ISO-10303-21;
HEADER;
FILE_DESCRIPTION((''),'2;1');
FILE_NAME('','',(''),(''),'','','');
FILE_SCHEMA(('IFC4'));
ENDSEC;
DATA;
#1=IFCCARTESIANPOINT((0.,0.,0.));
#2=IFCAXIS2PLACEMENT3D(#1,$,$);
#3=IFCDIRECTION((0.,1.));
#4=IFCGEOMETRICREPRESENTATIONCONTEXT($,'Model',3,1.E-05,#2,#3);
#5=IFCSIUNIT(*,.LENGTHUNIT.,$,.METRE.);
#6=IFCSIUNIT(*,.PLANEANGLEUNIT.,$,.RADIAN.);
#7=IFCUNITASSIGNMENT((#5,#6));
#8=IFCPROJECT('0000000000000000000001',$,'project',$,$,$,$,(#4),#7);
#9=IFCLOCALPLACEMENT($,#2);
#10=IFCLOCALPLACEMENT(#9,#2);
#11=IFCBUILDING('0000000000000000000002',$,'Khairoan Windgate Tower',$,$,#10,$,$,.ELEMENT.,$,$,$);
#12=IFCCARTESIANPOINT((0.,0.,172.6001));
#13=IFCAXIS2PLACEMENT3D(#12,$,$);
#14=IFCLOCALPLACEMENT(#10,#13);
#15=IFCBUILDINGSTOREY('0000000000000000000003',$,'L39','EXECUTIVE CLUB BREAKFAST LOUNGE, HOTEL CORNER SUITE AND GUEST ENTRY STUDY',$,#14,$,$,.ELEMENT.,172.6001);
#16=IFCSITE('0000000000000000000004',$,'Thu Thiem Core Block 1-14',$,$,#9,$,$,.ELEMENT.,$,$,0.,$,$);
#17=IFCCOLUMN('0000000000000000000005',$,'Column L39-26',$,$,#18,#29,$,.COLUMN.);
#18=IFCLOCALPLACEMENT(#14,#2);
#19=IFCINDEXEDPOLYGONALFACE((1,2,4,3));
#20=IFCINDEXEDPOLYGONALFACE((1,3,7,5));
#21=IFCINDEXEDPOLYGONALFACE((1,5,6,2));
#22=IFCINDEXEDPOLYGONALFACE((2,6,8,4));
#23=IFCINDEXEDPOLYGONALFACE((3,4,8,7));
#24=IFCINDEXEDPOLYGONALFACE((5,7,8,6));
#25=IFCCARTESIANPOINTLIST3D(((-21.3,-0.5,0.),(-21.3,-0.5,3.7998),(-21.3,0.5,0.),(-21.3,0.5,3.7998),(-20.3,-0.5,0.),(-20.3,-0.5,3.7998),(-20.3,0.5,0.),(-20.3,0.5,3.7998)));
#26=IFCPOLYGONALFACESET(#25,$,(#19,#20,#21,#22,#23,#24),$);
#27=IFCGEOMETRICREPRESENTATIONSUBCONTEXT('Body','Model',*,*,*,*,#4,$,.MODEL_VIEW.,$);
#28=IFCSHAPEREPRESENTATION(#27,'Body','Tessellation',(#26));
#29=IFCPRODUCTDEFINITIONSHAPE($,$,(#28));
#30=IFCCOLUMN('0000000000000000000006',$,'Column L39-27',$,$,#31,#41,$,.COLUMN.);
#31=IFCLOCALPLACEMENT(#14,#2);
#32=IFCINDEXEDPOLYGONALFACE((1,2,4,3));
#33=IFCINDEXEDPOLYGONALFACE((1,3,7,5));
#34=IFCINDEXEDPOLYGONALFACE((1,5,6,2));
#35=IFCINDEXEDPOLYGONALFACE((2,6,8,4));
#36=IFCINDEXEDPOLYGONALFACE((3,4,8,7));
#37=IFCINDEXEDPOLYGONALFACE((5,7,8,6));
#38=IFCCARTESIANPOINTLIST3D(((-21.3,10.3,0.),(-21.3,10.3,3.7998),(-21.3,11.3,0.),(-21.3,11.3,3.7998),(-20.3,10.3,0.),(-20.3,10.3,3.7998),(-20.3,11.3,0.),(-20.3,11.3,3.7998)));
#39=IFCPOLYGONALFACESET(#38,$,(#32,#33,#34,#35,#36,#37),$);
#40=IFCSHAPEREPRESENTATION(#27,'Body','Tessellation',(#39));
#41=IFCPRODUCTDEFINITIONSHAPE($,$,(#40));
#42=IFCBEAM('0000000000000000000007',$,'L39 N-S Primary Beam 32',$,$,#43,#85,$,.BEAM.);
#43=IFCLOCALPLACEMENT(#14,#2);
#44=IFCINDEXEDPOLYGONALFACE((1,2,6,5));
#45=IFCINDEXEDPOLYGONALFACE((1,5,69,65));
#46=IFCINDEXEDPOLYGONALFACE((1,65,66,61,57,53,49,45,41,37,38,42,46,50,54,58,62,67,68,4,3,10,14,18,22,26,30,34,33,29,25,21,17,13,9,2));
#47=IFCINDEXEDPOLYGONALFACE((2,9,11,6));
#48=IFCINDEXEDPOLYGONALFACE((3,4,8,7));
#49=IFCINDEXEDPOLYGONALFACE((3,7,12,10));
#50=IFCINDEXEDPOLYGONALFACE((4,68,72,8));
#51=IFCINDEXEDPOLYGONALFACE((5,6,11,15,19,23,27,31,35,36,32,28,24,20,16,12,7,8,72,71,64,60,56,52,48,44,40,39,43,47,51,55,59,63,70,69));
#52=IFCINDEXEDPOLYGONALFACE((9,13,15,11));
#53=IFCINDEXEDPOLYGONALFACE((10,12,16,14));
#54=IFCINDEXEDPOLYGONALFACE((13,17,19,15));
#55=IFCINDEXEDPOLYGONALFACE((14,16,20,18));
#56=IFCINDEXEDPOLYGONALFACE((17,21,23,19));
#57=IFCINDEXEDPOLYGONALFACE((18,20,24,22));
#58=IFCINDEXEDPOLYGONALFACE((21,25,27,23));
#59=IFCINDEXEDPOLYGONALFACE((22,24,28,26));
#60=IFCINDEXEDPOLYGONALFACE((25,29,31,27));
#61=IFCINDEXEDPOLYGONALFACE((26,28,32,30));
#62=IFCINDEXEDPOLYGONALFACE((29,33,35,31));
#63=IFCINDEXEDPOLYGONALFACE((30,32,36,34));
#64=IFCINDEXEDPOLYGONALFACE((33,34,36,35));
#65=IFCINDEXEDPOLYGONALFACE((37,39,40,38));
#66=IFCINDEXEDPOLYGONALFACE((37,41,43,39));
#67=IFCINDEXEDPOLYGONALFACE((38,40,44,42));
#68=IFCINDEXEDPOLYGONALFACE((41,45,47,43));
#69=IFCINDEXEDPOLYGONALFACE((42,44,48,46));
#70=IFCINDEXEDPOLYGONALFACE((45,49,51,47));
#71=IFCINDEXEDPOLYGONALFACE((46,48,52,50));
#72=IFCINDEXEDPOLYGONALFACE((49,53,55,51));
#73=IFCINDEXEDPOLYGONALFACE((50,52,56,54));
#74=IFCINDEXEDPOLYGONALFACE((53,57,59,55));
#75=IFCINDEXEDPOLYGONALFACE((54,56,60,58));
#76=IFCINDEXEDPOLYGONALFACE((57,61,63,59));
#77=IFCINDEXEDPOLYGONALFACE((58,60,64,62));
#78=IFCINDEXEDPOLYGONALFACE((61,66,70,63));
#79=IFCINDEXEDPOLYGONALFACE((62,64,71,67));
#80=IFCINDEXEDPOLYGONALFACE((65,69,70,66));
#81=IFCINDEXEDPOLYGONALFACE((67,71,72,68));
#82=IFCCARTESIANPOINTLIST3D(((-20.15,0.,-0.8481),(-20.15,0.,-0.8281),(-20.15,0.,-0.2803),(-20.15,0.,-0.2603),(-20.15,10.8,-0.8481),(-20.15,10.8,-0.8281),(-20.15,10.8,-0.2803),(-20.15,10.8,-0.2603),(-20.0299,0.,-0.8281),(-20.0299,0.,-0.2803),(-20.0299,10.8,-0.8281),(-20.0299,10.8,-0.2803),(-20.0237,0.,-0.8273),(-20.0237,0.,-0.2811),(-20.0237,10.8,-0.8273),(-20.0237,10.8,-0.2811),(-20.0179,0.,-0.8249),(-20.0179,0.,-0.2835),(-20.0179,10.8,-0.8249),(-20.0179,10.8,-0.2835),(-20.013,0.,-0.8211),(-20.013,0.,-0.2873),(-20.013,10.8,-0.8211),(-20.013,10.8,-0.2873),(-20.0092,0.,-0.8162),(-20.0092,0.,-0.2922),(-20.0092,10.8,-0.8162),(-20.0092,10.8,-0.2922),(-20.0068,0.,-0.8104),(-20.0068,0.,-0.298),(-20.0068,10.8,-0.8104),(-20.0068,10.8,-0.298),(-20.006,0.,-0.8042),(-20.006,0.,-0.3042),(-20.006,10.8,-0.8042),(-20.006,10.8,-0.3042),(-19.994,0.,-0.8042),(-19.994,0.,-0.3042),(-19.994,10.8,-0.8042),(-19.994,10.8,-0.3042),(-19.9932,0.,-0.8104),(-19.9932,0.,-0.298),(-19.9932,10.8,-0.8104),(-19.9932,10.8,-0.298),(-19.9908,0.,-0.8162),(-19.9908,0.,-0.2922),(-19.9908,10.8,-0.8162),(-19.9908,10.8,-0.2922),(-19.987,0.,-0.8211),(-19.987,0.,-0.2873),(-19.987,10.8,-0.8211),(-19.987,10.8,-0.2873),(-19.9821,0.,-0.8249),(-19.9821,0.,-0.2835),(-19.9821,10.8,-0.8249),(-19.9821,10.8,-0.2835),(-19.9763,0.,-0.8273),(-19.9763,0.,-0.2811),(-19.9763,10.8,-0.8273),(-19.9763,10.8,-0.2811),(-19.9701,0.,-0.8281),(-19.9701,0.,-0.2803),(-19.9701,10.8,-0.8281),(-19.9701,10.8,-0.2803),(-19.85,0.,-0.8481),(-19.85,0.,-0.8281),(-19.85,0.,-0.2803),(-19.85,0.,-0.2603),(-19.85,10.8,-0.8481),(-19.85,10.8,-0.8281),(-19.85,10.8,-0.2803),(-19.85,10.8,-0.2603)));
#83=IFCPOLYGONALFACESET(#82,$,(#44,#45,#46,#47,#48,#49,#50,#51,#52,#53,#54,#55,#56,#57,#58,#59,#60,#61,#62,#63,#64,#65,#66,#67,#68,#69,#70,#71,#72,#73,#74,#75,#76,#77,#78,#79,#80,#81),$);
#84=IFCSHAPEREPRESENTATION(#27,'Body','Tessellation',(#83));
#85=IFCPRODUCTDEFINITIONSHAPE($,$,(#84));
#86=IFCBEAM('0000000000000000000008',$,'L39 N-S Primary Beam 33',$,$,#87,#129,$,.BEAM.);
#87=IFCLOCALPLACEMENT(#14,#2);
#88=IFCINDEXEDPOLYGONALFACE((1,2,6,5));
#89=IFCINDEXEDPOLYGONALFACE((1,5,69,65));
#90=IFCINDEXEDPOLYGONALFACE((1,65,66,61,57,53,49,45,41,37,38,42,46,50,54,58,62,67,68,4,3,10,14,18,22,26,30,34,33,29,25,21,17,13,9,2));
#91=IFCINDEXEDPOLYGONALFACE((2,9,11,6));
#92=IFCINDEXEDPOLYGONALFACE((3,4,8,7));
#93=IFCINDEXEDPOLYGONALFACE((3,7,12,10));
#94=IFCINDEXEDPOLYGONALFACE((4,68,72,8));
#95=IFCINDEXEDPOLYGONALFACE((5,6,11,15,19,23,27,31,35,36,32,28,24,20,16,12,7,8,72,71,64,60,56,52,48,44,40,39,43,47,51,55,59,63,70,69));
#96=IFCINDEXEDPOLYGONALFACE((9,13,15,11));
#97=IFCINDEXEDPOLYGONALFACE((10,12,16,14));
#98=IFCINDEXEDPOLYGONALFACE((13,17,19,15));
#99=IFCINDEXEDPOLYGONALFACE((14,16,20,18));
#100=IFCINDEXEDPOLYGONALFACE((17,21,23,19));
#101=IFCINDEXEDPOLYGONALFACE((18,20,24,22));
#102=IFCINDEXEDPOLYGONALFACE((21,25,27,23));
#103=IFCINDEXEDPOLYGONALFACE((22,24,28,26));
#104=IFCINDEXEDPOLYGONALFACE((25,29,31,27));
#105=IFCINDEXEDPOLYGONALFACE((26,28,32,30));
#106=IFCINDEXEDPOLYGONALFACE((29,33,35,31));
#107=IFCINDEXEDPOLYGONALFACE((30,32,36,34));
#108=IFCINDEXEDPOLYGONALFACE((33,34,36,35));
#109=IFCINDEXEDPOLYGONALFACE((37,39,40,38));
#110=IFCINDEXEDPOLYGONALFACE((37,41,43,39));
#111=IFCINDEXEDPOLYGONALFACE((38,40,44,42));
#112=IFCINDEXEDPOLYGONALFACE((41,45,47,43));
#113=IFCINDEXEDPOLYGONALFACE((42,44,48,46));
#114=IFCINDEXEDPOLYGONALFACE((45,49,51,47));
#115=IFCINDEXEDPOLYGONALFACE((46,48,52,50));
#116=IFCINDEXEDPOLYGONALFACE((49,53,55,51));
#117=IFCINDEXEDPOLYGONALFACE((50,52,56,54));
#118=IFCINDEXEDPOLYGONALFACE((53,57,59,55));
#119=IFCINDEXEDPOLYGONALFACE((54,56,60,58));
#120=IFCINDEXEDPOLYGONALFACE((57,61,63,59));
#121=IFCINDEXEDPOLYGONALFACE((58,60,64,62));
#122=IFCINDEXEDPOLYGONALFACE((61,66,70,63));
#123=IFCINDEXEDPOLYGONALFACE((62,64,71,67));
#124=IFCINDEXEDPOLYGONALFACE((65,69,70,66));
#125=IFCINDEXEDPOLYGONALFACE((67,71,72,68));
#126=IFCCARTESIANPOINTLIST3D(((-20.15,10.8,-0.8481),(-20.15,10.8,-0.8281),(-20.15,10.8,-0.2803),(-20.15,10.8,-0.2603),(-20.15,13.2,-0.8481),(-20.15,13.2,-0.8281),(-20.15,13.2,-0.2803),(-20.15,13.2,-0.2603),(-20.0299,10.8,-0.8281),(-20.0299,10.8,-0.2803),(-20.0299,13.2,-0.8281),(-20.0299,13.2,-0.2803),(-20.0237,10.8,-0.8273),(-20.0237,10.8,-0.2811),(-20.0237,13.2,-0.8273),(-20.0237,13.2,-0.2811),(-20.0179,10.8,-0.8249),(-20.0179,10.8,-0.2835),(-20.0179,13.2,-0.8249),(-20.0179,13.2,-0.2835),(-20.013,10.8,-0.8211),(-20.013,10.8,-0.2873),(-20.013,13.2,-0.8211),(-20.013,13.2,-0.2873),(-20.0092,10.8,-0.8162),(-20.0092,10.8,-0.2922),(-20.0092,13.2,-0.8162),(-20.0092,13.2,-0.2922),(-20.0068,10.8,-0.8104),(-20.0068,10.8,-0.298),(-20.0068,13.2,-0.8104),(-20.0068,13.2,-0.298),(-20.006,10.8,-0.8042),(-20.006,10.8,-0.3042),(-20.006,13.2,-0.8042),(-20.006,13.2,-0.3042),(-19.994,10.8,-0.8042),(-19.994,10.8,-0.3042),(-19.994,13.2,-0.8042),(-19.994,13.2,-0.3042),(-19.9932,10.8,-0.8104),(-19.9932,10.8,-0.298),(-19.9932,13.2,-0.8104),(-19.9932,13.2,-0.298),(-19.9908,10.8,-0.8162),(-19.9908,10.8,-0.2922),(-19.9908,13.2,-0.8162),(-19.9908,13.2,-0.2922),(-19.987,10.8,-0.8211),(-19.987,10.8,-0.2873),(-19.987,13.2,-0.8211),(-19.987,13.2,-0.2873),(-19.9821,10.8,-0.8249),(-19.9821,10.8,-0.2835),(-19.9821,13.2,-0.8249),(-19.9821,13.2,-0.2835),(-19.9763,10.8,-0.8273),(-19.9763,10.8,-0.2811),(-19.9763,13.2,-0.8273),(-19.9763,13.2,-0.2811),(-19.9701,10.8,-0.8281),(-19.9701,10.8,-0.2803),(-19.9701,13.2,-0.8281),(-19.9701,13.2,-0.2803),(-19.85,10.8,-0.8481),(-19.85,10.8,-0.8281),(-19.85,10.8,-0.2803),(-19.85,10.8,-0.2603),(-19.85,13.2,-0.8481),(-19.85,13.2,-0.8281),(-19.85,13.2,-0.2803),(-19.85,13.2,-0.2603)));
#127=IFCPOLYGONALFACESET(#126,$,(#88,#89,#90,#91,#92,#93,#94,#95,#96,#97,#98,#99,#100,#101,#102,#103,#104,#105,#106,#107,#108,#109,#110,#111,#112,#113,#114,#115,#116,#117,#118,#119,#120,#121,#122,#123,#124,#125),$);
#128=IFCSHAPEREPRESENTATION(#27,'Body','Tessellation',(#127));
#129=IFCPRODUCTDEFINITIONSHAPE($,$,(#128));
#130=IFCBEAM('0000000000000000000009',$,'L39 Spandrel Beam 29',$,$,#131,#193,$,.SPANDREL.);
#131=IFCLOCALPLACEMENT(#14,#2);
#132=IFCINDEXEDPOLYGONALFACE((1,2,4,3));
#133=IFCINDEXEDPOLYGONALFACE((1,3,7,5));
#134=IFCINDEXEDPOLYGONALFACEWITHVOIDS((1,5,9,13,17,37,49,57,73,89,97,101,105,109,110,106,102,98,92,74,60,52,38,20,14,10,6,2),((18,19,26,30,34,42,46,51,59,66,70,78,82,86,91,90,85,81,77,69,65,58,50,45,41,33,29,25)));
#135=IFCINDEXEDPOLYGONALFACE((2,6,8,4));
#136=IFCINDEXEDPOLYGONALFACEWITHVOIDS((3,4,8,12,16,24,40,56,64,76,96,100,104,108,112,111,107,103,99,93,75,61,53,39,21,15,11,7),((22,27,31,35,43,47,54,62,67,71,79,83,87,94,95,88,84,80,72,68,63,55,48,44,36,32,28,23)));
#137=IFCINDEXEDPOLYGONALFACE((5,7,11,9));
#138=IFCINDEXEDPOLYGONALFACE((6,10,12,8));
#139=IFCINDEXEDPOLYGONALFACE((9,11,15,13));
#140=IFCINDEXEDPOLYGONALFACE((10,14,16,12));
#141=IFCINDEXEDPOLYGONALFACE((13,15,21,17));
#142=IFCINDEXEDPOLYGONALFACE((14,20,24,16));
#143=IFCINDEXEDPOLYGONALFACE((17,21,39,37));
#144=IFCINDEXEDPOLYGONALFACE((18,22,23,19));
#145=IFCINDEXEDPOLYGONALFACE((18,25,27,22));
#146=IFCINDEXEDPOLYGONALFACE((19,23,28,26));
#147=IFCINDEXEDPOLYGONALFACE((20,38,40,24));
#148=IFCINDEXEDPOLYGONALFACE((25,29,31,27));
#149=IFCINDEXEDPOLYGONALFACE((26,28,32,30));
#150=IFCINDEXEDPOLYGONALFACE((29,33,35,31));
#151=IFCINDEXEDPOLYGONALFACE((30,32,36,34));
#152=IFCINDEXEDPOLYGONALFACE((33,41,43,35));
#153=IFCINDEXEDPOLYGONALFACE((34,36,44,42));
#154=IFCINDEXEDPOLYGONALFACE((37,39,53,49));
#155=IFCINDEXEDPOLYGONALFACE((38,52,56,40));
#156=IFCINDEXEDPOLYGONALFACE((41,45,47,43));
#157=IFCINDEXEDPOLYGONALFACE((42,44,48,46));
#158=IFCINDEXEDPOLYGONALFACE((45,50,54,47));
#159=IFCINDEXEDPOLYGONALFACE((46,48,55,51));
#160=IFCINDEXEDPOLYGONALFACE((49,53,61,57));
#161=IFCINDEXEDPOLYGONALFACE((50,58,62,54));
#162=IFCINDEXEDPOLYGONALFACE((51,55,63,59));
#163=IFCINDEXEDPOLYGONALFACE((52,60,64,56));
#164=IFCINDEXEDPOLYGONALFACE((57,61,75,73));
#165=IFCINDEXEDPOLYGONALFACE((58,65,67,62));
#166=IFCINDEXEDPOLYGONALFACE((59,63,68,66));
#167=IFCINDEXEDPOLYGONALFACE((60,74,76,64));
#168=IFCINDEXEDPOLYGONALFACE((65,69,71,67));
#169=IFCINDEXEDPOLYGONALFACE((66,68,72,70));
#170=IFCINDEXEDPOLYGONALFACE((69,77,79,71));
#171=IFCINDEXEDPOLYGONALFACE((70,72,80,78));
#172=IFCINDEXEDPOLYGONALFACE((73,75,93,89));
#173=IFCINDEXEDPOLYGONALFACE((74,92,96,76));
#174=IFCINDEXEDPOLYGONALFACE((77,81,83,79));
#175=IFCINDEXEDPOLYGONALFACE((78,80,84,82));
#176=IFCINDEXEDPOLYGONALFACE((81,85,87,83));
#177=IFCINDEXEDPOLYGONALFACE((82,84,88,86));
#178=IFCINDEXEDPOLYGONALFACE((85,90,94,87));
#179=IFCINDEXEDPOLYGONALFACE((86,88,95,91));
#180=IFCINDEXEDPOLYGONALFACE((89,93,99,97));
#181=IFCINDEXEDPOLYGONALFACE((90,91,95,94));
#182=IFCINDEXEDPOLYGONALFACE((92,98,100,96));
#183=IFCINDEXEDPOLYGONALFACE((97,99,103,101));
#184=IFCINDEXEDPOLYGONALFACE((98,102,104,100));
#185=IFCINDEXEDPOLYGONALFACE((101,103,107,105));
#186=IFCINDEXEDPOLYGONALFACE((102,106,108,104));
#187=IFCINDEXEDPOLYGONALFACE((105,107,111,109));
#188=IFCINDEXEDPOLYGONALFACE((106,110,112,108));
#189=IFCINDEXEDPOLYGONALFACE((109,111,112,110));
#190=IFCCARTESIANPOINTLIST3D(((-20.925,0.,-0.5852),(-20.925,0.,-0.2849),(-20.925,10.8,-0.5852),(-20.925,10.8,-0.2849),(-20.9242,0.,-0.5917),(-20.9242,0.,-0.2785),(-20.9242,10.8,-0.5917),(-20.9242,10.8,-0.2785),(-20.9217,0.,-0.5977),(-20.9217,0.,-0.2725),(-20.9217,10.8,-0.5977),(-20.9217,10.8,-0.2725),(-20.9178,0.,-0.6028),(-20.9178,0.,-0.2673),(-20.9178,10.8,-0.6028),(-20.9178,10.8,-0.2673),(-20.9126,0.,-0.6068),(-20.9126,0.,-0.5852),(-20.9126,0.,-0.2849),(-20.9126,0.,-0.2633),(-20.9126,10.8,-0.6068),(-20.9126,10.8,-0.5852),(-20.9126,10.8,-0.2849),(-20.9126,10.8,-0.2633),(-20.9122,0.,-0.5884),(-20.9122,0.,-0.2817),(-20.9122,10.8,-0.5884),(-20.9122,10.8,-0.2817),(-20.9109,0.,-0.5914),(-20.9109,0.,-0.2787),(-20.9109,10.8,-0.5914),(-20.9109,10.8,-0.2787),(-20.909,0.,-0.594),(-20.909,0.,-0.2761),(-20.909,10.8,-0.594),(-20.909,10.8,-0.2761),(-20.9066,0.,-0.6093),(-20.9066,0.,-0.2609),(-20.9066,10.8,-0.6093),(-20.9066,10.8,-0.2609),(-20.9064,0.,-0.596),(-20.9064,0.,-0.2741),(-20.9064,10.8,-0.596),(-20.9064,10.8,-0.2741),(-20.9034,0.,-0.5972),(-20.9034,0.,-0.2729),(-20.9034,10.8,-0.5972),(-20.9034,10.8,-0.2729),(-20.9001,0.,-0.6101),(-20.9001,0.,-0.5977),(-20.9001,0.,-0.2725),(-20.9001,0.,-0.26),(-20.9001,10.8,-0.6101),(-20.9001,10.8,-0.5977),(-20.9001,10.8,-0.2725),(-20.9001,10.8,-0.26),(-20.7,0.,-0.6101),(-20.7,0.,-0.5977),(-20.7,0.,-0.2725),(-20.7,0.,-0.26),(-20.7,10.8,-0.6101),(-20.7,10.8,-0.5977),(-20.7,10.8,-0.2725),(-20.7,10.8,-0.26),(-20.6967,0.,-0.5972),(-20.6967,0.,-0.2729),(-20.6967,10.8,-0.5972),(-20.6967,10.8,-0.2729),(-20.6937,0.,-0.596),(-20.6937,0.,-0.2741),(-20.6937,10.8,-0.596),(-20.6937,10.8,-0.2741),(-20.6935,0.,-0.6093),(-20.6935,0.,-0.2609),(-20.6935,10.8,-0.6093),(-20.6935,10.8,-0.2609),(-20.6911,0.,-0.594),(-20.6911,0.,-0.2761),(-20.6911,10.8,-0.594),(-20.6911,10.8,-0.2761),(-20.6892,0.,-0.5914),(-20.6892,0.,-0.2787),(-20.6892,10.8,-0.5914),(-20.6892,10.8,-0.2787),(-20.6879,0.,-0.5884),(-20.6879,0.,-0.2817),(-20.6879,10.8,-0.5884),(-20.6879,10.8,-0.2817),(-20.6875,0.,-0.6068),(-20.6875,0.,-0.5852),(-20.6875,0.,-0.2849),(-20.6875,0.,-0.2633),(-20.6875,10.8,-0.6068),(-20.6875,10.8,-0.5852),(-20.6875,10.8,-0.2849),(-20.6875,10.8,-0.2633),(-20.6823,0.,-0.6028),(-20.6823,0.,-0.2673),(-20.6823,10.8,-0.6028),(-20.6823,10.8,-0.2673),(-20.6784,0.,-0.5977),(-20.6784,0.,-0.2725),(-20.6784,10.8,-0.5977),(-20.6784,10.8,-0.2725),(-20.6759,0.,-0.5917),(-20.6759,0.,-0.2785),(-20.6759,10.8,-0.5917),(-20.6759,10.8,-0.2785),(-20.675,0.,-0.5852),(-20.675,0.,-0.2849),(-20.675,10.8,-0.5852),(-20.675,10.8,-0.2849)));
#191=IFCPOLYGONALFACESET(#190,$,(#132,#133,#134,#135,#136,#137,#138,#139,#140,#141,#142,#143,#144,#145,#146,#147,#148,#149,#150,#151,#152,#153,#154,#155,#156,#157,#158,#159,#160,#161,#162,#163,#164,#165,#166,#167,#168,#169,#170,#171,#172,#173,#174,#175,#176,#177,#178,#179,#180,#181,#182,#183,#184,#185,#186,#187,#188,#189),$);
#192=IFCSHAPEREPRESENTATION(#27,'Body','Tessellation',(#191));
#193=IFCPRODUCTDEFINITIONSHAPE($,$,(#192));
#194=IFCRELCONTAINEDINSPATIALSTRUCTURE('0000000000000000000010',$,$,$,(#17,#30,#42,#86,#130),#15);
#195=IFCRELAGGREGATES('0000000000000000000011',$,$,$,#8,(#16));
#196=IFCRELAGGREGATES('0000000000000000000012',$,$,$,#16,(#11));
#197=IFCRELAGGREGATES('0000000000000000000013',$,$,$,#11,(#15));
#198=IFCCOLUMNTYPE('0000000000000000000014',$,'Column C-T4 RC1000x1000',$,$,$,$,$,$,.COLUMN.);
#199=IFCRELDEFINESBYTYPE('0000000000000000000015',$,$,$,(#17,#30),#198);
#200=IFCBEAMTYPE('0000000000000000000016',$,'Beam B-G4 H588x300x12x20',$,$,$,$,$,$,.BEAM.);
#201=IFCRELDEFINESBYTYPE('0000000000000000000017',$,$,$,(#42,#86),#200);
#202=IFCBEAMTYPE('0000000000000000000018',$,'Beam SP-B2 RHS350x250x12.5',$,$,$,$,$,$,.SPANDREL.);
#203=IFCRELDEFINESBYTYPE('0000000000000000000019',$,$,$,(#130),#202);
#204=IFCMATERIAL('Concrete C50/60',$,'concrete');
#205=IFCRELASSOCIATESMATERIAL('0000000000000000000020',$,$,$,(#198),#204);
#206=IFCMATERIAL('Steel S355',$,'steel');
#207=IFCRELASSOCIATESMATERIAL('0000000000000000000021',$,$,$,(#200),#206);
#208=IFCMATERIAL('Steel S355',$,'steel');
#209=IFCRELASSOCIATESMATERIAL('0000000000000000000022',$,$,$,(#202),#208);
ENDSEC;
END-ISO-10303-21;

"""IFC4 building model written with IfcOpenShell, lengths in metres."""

from ifc_helpers import new_model, si_unit, direction, frame, origin, origin_2d, place, context, subcontext, project, spatial, rectangle, hollow_rectangle, i_section, extrude, material, material_profile, profile_set, type_object, element, save


model = new_model("IFC4")

# Units and contexts
model_context = context("Model", 3, precision=1e-05, world=origin(), true_north=direction((0.0, 1.0)))
body_context = subcontext(model_context, "Body", "Model", "MODEL_VIEW")
ifc_project = project(units=[si_unit("LENGTHUNIT", "METRE"), si_unit("PLANEANGLEUNIT", "RADIAN")], contexts=[model_context])

# Site, building, storey
site_placement = place(None, origin())
site = spatial("IfcSite", under=ifc_project, at=site_placement, Name="Thu Thiem Core Block 1-14", CompositionType="ELEMENT", RefElevation=0.0)
building_placement = place(site_placement, origin())
building = spatial("IfcBuilding", under=site, at=building_placement, Name="Khairoan Windgate Tower", CompositionType="ELEMENT")
storey_placement = place(building_placement, frame((0.0, 0.0, 172.6001)))
storey = spatial("IfcBuildingStorey", under=building, at=storey_placement, Name="L39", Description="EXECUTIVE CLUB BREAKFAST LOUNGE, HOTEL CORNER SUITE AND GUEST ENTRY STUDY", CompositionType="ELEMENT", Elevation=172.6001)

# Columns
ifc_material_1 = material(Name="Concrete C50/60", Category="concrete")
ifc_material_profile_1 = material_profile(ifc_material_1, rectangle(XDim=1.0, YDim=1.0, at=origin_2d()))
ifc_profile_set_1 = profile_set([ifc_material_profile_1], Name="Concrete C50/60")
column_type = type_object("IfcColumnType", Name="Column C-T4 RC1000x1000", PredefinedType="COLUMN", material=ifc_profile_set_1)
for number, where, z_axis, x_axis, name in (
    (1, (-20.8, 0.0, 0.0), (0.0, 0.0, 1.0), (1.0, 0.0, 0.0), "Column L39-26"),
    (2, (-20.8, 10.8, 0.0), (0.0, 0.0, 1.0), (1.0, 0.0, 0.0), "Column L39-27"),
):
    element("IfcColumn", number, at=place(storey_placement, frame(where, z_axis=z_axis, x_axis=x_axis)), inside=storey, type_object=column_type, Name=name, PredefinedType="COLUMN", context=body_context, shape_type="SweptSolid", body=[
        extrude(rectangle(XDim=1.0, YDim=1.0, at=origin_2d()), origin(), (0.0, 0.0, 1.0), 3.7998),
    ])

# Beams
ifc_material_2 = material(Name="Steel S355", Category="steel")
ifc_material_profile_2 = material_profile(ifc_material_2, i_section(OverallWidth=0.3, OverallDepth=0.5879, WebThickness=0.012, FlangeThickness=0.02, FilletRadius=0.0239, at=origin_2d()))
ifc_profile_set_2 = profile_set([ifc_material_profile_2], Name="Steel S355")
beam_type_1 = type_object("IfcBeamType", Name="Beam B-G4 H588x300x12x20", PredefinedType="BEAM", material=ifc_profile_set_2)
beam_1_placement = place(storey_placement, frame((-20.0, 0.0, -0.5542), z_axis=(0.0, 1.0, 0.0), x_axis=(-1.0, 0.0, 0.0)))
element("IfcBeam", 3, at=beam_1_placement, inside=storey, type_object=beam_type_1, Name="L39 N-S Primary Beam 32", PredefinedType="BEAM", context=body_context, shape_type="SweptSolid", body=[
    extrude(i_section(OverallWidth=0.3, OverallDepth=0.5879, WebThickness=0.012, FlangeThickness=0.02, FilletRadius=0.0239, at=origin_2d()), origin(), (0.0, 0.0, 1.0), 10.8),
])
beam_2_placement = place(storey_placement, frame((-20.0, 10.8, -0.5542), z_axis=(0.0, 1.0, 0.0), x_axis=(-1.0, 0.0, 0.0)))
element("IfcBeam", 4, at=beam_2_placement, inside=storey, type_object=beam_type_1, Name="L39 N-S Primary Beam 33", PredefinedType="BEAM", context=body_context, shape_type="SweptSolid", body=[
    extrude(i_section(OverallWidth=0.3, OverallDepth=0.5879, WebThickness=0.012, FlangeThickness=0.02, FilletRadius=0.0239, at=origin_2d()), origin(), (0.0, 0.0, 1.0), 2.3999),
])
ifc_material_3 = material(Name="Steel S355", Category="steel")
ifc_material_profile_3 = material_profile(ifc_material_3, hollow_rectangle(XDim=0.25, YDim=0.3501, WallThickness=0.0125, InnerFilletRadius=0.0125, OuterFilletRadius=0.0249, at=origin_2d()))
ifc_profile_set_3 = profile_set([ifc_material_profile_3], Name="Steel S355")
beam_type_2 = type_object("IfcBeamType", Name="Beam SP-B2 RHS350x250x12.5", PredefinedType="SPANDREL", material=ifc_profile_set_3)
beam_3_placement = place(storey_placement, frame((-20.8, 0.0, -0.4351), z_axis=(0.0, 1.0, 0.0), x_axis=(-1.0, 0.0, 0.0)))
element("IfcBeam", 5, at=beam_3_placement, inside=storey, type_object=beam_type_2, Name="L39 Spandrel Beam 29", PredefinedType="SPANDREL", context=body_context, shape_type="SweptSolid", body=[
    extrude(hollow_rectangle(XDim=0.25, YDim=0.3501, WallThickness=0.0125, InnerFilletRadius=0.0125, OuterFilletRadius=0.0249, at=origin_2d()), origin(), (0.0, 0.0, 1.0), 10.8),
])

save(model, "model.ifc")
